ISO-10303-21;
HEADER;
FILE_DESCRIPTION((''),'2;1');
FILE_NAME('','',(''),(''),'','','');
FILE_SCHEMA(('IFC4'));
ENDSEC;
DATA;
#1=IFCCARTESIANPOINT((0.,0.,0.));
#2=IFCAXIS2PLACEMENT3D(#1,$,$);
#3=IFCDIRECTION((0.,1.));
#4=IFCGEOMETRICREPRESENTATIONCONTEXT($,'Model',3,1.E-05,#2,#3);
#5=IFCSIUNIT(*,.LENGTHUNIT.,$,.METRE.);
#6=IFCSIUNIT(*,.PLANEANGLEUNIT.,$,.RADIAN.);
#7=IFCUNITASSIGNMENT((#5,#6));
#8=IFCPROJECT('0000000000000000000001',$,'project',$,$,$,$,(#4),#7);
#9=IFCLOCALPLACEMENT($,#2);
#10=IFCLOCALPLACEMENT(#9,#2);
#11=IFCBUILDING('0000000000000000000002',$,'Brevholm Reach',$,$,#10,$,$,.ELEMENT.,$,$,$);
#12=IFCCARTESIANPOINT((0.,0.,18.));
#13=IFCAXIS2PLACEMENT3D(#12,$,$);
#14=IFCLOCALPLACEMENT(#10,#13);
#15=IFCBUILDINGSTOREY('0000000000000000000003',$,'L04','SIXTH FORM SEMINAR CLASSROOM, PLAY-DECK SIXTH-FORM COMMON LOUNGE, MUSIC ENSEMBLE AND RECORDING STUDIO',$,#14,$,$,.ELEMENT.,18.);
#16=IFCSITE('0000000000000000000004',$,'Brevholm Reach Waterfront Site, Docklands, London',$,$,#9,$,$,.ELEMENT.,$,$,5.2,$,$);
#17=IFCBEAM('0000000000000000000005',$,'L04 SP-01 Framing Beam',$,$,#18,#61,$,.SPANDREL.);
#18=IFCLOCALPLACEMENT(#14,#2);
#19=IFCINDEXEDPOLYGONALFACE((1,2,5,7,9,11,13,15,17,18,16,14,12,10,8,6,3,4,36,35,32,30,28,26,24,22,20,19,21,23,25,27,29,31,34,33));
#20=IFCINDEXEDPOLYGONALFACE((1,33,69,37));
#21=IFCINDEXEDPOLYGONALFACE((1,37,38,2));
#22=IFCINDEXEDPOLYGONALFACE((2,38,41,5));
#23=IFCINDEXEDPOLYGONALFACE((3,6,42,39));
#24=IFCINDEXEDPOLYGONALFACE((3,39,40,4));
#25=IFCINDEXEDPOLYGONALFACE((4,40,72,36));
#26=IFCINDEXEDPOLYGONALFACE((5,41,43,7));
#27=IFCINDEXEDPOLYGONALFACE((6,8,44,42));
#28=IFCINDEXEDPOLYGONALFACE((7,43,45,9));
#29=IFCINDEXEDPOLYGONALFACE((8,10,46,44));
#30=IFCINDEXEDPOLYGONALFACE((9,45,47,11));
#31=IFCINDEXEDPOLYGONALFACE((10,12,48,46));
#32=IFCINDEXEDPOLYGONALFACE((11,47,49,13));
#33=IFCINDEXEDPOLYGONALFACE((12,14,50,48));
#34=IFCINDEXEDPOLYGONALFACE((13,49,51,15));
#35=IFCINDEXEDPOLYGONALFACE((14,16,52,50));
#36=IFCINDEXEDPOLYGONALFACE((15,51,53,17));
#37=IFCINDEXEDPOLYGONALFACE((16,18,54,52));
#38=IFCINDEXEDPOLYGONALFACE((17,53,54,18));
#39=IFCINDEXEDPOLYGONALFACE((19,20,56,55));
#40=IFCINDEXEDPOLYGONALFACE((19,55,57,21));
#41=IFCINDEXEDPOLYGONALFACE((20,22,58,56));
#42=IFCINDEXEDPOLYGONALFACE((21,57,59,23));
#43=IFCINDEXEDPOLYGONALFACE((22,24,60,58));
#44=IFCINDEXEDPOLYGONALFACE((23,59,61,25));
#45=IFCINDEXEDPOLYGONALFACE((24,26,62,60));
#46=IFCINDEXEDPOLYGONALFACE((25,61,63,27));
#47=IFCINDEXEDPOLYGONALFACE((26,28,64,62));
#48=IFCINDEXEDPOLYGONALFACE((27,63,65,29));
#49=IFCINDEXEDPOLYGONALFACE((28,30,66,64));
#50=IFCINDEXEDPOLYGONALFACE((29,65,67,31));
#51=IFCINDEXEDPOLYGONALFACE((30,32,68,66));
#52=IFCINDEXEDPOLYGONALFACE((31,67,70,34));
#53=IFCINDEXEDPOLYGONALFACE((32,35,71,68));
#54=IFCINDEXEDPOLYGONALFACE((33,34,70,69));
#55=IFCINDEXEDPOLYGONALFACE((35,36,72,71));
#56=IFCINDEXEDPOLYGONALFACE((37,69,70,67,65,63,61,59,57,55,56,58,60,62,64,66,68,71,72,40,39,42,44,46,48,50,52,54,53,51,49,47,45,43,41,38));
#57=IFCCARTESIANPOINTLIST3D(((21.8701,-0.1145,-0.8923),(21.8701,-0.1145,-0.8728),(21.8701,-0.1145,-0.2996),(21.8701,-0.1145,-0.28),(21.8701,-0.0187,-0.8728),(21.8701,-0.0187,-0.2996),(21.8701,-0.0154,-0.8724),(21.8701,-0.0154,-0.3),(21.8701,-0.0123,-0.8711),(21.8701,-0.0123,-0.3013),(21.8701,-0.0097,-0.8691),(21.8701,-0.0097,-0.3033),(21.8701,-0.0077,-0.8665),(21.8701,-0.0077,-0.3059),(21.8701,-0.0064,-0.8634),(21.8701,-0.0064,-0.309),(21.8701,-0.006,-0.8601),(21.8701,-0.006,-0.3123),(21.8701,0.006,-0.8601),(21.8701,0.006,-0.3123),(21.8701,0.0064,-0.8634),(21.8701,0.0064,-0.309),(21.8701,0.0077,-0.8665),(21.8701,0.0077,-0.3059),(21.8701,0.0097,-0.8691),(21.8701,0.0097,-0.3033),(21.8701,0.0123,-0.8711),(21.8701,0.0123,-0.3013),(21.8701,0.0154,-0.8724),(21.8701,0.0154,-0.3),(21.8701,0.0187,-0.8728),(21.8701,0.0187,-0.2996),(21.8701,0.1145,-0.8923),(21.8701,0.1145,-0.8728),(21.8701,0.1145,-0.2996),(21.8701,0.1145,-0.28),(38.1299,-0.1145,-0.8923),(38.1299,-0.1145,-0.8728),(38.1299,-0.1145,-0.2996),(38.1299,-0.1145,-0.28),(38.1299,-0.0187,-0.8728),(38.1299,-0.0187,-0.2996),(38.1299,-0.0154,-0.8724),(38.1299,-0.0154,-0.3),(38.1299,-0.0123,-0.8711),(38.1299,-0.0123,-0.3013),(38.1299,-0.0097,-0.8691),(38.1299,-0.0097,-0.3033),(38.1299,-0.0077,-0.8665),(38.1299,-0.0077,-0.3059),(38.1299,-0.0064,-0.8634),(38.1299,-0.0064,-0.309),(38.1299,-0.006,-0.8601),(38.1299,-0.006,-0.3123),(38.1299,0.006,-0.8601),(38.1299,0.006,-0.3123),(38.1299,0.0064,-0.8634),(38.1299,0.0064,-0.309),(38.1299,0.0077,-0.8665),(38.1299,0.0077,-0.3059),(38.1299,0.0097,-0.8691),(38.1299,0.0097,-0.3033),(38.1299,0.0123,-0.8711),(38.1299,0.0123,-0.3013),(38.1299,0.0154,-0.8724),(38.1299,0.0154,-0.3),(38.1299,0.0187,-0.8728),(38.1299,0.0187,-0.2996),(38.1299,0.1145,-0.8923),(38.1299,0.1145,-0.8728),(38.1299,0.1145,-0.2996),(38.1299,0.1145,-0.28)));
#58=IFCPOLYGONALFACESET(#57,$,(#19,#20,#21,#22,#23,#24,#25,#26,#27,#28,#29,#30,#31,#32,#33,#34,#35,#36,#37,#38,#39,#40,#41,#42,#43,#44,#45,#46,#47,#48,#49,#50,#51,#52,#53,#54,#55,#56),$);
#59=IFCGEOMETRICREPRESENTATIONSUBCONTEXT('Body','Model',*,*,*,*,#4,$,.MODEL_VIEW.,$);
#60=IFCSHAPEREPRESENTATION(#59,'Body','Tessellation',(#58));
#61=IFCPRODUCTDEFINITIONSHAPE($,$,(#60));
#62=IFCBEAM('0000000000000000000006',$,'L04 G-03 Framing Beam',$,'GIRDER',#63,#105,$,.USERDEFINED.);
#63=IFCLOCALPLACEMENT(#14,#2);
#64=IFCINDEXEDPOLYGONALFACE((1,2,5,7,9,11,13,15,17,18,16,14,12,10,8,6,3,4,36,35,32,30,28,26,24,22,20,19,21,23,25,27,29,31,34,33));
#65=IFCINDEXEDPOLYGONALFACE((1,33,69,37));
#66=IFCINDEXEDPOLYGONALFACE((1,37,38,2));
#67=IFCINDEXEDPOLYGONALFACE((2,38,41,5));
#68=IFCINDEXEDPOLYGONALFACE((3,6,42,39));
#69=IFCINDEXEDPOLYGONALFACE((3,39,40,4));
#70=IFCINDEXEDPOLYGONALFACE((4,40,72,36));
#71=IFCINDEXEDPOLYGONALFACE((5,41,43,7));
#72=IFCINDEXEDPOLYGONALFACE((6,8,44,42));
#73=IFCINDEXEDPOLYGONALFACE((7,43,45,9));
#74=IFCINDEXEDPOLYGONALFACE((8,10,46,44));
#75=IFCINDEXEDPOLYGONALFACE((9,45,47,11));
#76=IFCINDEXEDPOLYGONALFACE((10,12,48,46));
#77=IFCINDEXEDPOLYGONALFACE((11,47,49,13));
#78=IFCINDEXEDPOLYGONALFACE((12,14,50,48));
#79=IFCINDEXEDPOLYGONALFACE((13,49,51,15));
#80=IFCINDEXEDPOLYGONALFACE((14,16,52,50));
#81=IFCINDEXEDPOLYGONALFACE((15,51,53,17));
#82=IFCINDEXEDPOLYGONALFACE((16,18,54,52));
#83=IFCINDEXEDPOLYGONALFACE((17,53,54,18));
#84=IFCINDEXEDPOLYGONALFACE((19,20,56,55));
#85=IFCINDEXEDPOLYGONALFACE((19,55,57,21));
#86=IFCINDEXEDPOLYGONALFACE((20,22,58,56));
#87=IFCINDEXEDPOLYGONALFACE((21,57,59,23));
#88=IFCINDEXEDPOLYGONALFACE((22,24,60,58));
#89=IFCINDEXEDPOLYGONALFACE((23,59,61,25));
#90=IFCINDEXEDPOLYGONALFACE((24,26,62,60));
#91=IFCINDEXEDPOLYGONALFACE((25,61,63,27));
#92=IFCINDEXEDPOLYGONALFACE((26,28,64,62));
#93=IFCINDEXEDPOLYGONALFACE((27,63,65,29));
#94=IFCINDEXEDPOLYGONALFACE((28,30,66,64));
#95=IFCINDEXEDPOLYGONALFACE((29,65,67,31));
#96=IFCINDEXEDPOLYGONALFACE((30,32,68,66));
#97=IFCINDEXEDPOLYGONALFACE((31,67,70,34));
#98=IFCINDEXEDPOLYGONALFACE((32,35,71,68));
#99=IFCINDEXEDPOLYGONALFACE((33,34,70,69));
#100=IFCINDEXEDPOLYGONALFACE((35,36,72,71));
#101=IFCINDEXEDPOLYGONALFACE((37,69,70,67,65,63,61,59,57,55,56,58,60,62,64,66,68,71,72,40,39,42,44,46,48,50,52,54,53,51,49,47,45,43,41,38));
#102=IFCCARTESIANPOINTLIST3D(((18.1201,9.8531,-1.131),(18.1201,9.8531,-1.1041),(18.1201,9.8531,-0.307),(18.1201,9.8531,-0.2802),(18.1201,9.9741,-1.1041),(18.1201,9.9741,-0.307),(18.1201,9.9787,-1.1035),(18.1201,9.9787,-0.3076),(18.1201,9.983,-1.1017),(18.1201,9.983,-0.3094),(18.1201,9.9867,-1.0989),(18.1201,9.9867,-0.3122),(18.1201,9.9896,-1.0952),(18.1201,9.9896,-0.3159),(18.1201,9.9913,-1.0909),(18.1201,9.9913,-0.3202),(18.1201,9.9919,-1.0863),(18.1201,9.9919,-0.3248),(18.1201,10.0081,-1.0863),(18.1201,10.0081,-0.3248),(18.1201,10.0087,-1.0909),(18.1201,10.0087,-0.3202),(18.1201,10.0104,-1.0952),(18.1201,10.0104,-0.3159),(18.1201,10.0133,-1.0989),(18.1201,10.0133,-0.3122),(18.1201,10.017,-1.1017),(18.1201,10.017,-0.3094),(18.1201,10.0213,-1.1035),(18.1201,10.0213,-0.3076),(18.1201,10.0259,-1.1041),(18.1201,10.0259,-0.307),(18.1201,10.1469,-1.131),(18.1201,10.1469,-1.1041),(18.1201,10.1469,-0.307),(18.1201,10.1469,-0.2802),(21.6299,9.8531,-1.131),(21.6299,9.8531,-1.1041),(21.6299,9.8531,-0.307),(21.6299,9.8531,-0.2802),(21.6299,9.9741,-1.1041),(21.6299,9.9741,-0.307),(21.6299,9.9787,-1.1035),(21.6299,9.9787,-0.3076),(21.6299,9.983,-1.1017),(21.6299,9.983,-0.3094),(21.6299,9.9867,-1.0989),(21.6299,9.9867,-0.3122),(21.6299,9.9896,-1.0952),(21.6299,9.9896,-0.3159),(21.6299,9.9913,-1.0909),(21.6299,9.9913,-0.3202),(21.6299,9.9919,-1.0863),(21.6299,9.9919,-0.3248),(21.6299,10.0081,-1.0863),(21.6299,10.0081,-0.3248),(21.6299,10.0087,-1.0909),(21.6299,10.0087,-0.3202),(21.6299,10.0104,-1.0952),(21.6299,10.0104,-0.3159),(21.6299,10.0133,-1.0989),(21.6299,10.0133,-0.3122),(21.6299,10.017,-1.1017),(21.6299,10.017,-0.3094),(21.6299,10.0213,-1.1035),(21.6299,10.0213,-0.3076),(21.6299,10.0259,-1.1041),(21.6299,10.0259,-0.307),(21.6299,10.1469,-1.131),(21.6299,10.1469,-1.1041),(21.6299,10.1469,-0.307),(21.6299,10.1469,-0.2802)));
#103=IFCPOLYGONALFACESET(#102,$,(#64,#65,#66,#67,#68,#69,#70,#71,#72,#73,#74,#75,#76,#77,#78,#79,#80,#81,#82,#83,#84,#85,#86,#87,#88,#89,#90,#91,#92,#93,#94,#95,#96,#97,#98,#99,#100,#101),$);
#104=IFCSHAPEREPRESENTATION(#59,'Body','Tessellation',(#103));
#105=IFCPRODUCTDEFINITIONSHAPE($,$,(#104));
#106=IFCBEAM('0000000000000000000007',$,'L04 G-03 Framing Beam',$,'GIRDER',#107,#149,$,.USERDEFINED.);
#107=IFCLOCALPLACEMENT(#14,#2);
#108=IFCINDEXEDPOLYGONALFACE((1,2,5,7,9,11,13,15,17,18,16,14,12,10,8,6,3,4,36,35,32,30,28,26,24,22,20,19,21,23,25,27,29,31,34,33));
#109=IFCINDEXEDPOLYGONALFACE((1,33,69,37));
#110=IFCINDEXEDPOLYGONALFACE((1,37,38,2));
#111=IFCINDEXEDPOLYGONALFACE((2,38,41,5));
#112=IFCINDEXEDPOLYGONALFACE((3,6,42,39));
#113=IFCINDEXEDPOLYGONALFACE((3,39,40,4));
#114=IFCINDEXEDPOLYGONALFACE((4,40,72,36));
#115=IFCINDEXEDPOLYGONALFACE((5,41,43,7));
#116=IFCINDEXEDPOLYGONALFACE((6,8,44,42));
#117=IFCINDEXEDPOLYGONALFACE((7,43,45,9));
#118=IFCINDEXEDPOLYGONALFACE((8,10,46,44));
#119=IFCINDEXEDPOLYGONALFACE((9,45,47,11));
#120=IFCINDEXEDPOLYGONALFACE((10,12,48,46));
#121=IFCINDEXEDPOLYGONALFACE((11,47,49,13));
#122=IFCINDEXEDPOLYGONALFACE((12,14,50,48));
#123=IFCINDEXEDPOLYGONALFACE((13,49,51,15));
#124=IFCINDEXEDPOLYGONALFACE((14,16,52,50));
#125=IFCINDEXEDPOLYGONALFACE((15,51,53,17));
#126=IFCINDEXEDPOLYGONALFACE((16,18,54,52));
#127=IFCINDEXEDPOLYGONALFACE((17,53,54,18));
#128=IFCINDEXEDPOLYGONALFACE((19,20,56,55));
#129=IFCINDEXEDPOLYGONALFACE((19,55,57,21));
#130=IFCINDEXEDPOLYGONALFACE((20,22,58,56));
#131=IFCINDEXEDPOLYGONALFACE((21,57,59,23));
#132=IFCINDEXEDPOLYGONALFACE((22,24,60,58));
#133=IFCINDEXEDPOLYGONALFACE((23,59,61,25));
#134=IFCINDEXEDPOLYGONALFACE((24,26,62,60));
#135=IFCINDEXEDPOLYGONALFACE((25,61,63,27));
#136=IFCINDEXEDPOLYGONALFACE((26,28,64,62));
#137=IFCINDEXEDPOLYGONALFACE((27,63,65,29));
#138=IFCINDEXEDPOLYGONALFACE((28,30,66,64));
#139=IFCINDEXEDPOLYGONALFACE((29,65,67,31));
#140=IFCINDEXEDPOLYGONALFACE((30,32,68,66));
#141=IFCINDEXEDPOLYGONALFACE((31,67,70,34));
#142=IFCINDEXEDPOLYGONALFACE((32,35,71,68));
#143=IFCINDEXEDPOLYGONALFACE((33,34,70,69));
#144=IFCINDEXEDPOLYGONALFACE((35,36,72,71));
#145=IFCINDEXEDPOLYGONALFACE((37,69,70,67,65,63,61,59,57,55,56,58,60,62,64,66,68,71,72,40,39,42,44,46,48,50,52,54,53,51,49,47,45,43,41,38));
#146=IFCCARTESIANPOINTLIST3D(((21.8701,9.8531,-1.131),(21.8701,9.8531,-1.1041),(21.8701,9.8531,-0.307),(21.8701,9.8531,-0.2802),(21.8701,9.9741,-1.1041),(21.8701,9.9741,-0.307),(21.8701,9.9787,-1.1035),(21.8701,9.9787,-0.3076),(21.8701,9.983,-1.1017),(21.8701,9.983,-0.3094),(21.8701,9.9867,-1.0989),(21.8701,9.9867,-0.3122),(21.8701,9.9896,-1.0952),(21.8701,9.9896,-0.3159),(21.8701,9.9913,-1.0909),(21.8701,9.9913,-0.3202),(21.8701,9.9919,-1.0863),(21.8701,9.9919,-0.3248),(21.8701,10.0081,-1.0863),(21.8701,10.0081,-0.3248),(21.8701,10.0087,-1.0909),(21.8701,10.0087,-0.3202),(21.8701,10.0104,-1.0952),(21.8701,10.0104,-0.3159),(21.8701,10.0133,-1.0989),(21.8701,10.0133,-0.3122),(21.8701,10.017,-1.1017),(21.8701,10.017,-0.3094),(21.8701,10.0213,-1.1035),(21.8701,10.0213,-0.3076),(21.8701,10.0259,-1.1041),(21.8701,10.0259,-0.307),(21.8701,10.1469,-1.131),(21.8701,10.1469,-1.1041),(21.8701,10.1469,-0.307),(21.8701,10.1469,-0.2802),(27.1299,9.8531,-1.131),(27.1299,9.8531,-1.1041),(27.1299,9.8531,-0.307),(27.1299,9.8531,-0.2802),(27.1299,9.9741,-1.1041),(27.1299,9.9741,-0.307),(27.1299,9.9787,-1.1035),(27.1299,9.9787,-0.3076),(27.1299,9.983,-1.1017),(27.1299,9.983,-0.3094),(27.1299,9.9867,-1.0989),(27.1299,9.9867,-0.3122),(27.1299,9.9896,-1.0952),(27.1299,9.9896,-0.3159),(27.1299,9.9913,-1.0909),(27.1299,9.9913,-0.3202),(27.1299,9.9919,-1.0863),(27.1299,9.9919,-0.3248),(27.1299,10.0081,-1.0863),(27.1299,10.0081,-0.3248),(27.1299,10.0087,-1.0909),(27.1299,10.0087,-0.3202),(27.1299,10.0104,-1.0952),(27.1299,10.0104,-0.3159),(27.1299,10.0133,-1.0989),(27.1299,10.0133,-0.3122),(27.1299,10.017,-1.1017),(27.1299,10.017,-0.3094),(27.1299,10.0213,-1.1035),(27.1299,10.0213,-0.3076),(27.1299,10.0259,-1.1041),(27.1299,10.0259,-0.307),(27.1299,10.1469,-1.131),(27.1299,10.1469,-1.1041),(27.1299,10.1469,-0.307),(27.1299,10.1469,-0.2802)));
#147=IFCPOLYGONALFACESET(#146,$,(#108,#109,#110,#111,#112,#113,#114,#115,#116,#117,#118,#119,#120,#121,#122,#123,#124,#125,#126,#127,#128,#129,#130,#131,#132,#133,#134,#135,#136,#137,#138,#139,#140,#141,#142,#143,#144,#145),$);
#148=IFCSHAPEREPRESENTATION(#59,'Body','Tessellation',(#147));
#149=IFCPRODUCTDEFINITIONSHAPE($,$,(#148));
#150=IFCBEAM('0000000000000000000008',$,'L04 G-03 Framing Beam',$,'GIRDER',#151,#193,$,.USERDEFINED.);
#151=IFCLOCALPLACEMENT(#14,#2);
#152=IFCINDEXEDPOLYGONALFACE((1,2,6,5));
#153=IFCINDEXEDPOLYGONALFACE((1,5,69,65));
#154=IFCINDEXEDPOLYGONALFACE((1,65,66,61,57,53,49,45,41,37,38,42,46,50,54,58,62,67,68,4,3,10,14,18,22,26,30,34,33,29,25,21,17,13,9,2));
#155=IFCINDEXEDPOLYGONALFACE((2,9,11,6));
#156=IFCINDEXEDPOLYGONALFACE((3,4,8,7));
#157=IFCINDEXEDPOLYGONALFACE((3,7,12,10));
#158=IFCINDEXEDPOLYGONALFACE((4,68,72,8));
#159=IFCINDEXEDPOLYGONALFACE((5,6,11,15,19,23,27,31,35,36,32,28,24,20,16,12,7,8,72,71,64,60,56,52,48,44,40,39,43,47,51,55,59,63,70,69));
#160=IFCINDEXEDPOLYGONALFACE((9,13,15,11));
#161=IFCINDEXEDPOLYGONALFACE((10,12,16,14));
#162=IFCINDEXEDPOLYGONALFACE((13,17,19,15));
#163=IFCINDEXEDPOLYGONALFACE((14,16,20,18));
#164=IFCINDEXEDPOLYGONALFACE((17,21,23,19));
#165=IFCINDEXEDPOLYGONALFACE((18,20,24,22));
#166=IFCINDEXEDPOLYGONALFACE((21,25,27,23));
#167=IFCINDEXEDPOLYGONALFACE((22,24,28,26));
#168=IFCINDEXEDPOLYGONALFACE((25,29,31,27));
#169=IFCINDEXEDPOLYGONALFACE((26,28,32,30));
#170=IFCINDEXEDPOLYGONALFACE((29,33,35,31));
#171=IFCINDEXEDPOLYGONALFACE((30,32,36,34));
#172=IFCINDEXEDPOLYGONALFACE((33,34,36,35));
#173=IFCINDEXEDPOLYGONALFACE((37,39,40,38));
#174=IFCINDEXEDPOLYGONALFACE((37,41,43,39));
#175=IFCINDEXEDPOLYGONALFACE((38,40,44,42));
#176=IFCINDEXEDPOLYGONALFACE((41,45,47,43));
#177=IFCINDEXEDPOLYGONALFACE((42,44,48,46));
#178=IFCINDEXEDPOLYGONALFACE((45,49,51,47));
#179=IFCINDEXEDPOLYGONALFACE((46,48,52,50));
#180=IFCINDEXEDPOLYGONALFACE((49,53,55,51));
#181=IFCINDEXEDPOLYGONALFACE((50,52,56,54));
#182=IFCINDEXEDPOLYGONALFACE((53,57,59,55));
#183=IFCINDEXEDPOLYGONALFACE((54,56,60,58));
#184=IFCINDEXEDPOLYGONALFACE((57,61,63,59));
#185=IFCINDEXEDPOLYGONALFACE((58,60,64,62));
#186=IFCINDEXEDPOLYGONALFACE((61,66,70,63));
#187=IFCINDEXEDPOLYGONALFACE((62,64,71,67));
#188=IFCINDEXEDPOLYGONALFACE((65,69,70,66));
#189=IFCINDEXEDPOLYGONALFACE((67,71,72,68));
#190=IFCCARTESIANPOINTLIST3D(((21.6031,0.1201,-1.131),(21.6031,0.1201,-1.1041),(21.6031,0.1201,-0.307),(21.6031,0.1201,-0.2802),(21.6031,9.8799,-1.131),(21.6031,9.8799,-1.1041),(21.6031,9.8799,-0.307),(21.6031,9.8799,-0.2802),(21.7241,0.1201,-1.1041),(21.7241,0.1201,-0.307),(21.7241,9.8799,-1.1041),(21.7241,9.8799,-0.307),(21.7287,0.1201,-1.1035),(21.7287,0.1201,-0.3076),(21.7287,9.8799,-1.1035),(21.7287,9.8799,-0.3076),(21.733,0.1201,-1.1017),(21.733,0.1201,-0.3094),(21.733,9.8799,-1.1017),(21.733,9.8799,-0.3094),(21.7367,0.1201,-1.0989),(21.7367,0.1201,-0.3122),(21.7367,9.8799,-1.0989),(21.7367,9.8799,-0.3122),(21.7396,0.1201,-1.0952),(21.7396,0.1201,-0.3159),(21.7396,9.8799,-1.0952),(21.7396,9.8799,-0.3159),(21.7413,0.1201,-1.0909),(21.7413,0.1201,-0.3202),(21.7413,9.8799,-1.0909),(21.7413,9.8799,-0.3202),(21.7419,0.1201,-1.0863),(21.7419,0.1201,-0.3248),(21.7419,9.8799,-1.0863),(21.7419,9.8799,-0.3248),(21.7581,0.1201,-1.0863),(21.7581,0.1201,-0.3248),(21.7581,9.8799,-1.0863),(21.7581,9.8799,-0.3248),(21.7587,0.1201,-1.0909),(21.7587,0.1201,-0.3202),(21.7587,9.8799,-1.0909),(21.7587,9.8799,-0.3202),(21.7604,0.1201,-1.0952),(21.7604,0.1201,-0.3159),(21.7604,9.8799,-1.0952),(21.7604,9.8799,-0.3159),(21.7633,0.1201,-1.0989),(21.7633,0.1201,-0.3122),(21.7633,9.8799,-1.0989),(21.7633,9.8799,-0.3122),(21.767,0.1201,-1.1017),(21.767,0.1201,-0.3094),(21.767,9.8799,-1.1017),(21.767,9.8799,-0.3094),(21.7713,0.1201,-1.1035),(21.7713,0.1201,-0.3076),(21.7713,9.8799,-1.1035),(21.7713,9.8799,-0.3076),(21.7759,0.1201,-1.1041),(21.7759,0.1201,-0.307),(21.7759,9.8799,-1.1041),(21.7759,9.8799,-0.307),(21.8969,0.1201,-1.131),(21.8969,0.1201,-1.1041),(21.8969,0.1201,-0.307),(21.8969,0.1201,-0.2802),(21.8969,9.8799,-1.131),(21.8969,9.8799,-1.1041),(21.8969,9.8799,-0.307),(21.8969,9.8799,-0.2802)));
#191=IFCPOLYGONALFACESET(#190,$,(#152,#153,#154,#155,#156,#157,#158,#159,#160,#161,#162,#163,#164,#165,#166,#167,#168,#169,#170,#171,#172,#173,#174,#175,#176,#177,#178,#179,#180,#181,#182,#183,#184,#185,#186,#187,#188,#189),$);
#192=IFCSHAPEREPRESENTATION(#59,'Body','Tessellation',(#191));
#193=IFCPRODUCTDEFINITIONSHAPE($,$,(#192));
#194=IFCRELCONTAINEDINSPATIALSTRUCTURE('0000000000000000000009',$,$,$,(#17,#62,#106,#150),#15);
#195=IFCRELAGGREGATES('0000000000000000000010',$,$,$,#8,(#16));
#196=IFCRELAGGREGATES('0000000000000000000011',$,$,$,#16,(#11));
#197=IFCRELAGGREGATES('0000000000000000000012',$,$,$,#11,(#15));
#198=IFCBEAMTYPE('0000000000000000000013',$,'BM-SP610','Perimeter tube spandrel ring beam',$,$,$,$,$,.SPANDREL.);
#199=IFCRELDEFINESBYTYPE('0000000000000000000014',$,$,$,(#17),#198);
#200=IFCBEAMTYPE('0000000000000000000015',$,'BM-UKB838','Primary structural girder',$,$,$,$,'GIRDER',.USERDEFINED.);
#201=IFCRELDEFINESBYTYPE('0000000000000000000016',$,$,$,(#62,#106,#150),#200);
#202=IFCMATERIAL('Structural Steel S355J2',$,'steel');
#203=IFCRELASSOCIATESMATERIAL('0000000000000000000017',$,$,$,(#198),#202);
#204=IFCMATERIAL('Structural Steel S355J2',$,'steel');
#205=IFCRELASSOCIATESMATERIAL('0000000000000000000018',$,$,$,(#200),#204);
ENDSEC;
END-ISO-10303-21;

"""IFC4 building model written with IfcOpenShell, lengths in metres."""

from ifc_helpers import new_model, si_unit, direction, frame, origin, origin_2d, place, context, subcontext, project, spatial, i_section, extrude, material, material_profile, profile_set, type_object, element, save


model = new_model("IFC4")

# Units and contexts
model_context = context("Model", 3, precision=1e-05, world=origin(), true_north=direction((0.0, 1.0)))
body_context = subcontext(model_context, "Body", "Model", "MODEL_VIEW")
ifc_project = project(units=[si_unit("LENGTHUNIT", "METRE"), si_unit("PLANEANGLEUNIT", "RADIAN")], contexts=[model_context])

# Site, building, storey
site_placement = place(None, origin())
site = spatial("IfcSite", under=ifc_project, at=site_placement, Name="Brevholm Reach Waterfront Site, Docklands, London", CompositionType="ELEMENT", RefElevation=5.2)
building_placement = place(site_placement, origin())
building = spatial("IfcBuilding", under=site, at=building_placement, Name="Brevholm Reach", CompositionType="ELEMENT")
storey_placement = place(building_placement, frame((0.0, 0.0, 18.0)))
storey = spatial("IfcBuildingStorey", under=building, at=storey_placement, Name="L04", Description="SIXTH FORM SEMINAR CLASSROOM, PLAY-DECK SIXTH-FORM COMMON LOUNGE, MUSIC ENSEMBLE AND RECORDING STUDIO", CompositionType="ELEMENT", Elevation=18.0)

# Beams
ifc_material_1 = material(Name="Structural Steel S355J2", Category="steel")
ifc_material_profile_1 = material_profile(ifc_material_1, i_section(OverallWidth=0.229, OverallDepth=0.6123, WebThickness=0.012, FlangeThickness=0.0195, FilletRadius=0.0127, at=origin_2d()), Name="UKB 610x229x125")
ifc_profile_set_1 = profile_set([ifc_material_profile_1], Name="Structural Steel S355J2")
beam_type_1 = type_object("IfcBeamType", Name="BM-SP610", Description="Perimeter tube spandrel ring beam", PredefinedType="SPANDREL", material=ifc_profile_set_1)
beam_1_placement = place(storey_placement, frame((21.8701, 0.0, -0.5862), z_axis=(1.0, 0.0, 0.0), x_axis=(0.0, 1.0, 0.0)))
element("IfcBeam", 1, at=beam_1_placement, inside=storey, type_object=beam_type_1, Name="L04 SP-01 Framing Beam", PredefinedType="SPANDREL", context=body_context, shape_type="SweptSolid", body=[
    extrude(i_section(OverallWidth=0.229, OverallDepth=0.6123, WebThickness=0.012, FlangeThickness=0.0195, FilletRadius=0.0127, at=origin_2d()), origin(), (0.0, 0.0, 1.0), 16.2598),
])
ifc_material_2 = material(Name="Structural Steel S355J2", Category="steel")
ifc_material_profile_2 = material_profile(ifc_material_2, i_section(OverallWidth=0.2937, OverallDepth=0.8508, WebThickness=0.0161, FlangeThickness=0.0269, FilletRadius=0.0178, at=origin_2d()), Name="UKB 838x292x226")
ifc_profile_set_2 = profile_set([ifc_material_profile_2], Name="Structural Steel S355J2")
beam_type_2 = type_object("IfcBeamType", Name="BM-UKB838", Description="Primary structural girder", ElementType="GIRDER", PredefinedType="USERDEFINED", material=ifc_profile_set_2)
beam_2_placement = place(storey_placement, frame((18.1201, 10.0, -0.7056), z_axis=(1.0, 0.0, 0.0), x_axis=(0.0, 1.0, 0.0)))
element("IfcBeam", 2, at=beam_2_placement, inside=storey, type_object=beam_type_2, Name="L04 G-03 Framing Beam", ObjectType="GIRDER", PredefinedType="USERDEFINED", context=body_context, shape_type="SweptSolid", body=[
    extrude(i_section(OverallWidth=0.2937, OverallDepth=0.8508, WebThickness=0.0161, FlangeThickness=0.0269, FilletRadius=0.0178, at=origin_2d()), origin(), (0.0, 0.0, 1.0), 3.5098),
])
beam_3_placement = place(storey_placement, frame((21.8701, 10.0, -0.7056), z_axis=(1.0, 0.0, 0.0), x_axis=(0.0, 1.0, 0.0)))
element("IfcBeam", 3, at=beam_3_placement, inside=storey, type_object=beam_type_2, Name="L04 G-03 Framing Beam", ObjectType="GIRDER", PredefinedType="USERDEFINED", context=body_context, shape_type="SweptSolid", body=[
    extrude(i_section(OverallWidth=0.2937, OverallDepth=0.8508, WebThickness=0.0161, FlangeThickness=0.0269, FilletRadius=0.0178, at=origin_2d()), origin(), (0.0, 0.0, 1.0), 5.2598),
])
beam_4_placement = place(storey_placement, frame((21.75, 0.1201, -0.7056), z_axis=(0.0, 1.0, 0.0), x_axis=(-1.0, 0.0, 0.0)))
element("IfcBeam", 4, at=beam_4_placement, inside=storey, type_object=beam_type_2, Name="L04 G-03 Framing Beam", ObjectType="GIRDER", PredefinedType="USERDEFINED", context=body_context, shape_type="SweptSolid", body=[
    extrude(i_section(OverallWidth=0.2937, OverallDepth=0.8508, WebThickness=0.0161, FlangeThickness=0.0269, FilletRadius=0.0178, at=origin_2d()), origin(), (0.0, 0.0, 1.0), 9.7598),
])

save(model, "model.ifc")
